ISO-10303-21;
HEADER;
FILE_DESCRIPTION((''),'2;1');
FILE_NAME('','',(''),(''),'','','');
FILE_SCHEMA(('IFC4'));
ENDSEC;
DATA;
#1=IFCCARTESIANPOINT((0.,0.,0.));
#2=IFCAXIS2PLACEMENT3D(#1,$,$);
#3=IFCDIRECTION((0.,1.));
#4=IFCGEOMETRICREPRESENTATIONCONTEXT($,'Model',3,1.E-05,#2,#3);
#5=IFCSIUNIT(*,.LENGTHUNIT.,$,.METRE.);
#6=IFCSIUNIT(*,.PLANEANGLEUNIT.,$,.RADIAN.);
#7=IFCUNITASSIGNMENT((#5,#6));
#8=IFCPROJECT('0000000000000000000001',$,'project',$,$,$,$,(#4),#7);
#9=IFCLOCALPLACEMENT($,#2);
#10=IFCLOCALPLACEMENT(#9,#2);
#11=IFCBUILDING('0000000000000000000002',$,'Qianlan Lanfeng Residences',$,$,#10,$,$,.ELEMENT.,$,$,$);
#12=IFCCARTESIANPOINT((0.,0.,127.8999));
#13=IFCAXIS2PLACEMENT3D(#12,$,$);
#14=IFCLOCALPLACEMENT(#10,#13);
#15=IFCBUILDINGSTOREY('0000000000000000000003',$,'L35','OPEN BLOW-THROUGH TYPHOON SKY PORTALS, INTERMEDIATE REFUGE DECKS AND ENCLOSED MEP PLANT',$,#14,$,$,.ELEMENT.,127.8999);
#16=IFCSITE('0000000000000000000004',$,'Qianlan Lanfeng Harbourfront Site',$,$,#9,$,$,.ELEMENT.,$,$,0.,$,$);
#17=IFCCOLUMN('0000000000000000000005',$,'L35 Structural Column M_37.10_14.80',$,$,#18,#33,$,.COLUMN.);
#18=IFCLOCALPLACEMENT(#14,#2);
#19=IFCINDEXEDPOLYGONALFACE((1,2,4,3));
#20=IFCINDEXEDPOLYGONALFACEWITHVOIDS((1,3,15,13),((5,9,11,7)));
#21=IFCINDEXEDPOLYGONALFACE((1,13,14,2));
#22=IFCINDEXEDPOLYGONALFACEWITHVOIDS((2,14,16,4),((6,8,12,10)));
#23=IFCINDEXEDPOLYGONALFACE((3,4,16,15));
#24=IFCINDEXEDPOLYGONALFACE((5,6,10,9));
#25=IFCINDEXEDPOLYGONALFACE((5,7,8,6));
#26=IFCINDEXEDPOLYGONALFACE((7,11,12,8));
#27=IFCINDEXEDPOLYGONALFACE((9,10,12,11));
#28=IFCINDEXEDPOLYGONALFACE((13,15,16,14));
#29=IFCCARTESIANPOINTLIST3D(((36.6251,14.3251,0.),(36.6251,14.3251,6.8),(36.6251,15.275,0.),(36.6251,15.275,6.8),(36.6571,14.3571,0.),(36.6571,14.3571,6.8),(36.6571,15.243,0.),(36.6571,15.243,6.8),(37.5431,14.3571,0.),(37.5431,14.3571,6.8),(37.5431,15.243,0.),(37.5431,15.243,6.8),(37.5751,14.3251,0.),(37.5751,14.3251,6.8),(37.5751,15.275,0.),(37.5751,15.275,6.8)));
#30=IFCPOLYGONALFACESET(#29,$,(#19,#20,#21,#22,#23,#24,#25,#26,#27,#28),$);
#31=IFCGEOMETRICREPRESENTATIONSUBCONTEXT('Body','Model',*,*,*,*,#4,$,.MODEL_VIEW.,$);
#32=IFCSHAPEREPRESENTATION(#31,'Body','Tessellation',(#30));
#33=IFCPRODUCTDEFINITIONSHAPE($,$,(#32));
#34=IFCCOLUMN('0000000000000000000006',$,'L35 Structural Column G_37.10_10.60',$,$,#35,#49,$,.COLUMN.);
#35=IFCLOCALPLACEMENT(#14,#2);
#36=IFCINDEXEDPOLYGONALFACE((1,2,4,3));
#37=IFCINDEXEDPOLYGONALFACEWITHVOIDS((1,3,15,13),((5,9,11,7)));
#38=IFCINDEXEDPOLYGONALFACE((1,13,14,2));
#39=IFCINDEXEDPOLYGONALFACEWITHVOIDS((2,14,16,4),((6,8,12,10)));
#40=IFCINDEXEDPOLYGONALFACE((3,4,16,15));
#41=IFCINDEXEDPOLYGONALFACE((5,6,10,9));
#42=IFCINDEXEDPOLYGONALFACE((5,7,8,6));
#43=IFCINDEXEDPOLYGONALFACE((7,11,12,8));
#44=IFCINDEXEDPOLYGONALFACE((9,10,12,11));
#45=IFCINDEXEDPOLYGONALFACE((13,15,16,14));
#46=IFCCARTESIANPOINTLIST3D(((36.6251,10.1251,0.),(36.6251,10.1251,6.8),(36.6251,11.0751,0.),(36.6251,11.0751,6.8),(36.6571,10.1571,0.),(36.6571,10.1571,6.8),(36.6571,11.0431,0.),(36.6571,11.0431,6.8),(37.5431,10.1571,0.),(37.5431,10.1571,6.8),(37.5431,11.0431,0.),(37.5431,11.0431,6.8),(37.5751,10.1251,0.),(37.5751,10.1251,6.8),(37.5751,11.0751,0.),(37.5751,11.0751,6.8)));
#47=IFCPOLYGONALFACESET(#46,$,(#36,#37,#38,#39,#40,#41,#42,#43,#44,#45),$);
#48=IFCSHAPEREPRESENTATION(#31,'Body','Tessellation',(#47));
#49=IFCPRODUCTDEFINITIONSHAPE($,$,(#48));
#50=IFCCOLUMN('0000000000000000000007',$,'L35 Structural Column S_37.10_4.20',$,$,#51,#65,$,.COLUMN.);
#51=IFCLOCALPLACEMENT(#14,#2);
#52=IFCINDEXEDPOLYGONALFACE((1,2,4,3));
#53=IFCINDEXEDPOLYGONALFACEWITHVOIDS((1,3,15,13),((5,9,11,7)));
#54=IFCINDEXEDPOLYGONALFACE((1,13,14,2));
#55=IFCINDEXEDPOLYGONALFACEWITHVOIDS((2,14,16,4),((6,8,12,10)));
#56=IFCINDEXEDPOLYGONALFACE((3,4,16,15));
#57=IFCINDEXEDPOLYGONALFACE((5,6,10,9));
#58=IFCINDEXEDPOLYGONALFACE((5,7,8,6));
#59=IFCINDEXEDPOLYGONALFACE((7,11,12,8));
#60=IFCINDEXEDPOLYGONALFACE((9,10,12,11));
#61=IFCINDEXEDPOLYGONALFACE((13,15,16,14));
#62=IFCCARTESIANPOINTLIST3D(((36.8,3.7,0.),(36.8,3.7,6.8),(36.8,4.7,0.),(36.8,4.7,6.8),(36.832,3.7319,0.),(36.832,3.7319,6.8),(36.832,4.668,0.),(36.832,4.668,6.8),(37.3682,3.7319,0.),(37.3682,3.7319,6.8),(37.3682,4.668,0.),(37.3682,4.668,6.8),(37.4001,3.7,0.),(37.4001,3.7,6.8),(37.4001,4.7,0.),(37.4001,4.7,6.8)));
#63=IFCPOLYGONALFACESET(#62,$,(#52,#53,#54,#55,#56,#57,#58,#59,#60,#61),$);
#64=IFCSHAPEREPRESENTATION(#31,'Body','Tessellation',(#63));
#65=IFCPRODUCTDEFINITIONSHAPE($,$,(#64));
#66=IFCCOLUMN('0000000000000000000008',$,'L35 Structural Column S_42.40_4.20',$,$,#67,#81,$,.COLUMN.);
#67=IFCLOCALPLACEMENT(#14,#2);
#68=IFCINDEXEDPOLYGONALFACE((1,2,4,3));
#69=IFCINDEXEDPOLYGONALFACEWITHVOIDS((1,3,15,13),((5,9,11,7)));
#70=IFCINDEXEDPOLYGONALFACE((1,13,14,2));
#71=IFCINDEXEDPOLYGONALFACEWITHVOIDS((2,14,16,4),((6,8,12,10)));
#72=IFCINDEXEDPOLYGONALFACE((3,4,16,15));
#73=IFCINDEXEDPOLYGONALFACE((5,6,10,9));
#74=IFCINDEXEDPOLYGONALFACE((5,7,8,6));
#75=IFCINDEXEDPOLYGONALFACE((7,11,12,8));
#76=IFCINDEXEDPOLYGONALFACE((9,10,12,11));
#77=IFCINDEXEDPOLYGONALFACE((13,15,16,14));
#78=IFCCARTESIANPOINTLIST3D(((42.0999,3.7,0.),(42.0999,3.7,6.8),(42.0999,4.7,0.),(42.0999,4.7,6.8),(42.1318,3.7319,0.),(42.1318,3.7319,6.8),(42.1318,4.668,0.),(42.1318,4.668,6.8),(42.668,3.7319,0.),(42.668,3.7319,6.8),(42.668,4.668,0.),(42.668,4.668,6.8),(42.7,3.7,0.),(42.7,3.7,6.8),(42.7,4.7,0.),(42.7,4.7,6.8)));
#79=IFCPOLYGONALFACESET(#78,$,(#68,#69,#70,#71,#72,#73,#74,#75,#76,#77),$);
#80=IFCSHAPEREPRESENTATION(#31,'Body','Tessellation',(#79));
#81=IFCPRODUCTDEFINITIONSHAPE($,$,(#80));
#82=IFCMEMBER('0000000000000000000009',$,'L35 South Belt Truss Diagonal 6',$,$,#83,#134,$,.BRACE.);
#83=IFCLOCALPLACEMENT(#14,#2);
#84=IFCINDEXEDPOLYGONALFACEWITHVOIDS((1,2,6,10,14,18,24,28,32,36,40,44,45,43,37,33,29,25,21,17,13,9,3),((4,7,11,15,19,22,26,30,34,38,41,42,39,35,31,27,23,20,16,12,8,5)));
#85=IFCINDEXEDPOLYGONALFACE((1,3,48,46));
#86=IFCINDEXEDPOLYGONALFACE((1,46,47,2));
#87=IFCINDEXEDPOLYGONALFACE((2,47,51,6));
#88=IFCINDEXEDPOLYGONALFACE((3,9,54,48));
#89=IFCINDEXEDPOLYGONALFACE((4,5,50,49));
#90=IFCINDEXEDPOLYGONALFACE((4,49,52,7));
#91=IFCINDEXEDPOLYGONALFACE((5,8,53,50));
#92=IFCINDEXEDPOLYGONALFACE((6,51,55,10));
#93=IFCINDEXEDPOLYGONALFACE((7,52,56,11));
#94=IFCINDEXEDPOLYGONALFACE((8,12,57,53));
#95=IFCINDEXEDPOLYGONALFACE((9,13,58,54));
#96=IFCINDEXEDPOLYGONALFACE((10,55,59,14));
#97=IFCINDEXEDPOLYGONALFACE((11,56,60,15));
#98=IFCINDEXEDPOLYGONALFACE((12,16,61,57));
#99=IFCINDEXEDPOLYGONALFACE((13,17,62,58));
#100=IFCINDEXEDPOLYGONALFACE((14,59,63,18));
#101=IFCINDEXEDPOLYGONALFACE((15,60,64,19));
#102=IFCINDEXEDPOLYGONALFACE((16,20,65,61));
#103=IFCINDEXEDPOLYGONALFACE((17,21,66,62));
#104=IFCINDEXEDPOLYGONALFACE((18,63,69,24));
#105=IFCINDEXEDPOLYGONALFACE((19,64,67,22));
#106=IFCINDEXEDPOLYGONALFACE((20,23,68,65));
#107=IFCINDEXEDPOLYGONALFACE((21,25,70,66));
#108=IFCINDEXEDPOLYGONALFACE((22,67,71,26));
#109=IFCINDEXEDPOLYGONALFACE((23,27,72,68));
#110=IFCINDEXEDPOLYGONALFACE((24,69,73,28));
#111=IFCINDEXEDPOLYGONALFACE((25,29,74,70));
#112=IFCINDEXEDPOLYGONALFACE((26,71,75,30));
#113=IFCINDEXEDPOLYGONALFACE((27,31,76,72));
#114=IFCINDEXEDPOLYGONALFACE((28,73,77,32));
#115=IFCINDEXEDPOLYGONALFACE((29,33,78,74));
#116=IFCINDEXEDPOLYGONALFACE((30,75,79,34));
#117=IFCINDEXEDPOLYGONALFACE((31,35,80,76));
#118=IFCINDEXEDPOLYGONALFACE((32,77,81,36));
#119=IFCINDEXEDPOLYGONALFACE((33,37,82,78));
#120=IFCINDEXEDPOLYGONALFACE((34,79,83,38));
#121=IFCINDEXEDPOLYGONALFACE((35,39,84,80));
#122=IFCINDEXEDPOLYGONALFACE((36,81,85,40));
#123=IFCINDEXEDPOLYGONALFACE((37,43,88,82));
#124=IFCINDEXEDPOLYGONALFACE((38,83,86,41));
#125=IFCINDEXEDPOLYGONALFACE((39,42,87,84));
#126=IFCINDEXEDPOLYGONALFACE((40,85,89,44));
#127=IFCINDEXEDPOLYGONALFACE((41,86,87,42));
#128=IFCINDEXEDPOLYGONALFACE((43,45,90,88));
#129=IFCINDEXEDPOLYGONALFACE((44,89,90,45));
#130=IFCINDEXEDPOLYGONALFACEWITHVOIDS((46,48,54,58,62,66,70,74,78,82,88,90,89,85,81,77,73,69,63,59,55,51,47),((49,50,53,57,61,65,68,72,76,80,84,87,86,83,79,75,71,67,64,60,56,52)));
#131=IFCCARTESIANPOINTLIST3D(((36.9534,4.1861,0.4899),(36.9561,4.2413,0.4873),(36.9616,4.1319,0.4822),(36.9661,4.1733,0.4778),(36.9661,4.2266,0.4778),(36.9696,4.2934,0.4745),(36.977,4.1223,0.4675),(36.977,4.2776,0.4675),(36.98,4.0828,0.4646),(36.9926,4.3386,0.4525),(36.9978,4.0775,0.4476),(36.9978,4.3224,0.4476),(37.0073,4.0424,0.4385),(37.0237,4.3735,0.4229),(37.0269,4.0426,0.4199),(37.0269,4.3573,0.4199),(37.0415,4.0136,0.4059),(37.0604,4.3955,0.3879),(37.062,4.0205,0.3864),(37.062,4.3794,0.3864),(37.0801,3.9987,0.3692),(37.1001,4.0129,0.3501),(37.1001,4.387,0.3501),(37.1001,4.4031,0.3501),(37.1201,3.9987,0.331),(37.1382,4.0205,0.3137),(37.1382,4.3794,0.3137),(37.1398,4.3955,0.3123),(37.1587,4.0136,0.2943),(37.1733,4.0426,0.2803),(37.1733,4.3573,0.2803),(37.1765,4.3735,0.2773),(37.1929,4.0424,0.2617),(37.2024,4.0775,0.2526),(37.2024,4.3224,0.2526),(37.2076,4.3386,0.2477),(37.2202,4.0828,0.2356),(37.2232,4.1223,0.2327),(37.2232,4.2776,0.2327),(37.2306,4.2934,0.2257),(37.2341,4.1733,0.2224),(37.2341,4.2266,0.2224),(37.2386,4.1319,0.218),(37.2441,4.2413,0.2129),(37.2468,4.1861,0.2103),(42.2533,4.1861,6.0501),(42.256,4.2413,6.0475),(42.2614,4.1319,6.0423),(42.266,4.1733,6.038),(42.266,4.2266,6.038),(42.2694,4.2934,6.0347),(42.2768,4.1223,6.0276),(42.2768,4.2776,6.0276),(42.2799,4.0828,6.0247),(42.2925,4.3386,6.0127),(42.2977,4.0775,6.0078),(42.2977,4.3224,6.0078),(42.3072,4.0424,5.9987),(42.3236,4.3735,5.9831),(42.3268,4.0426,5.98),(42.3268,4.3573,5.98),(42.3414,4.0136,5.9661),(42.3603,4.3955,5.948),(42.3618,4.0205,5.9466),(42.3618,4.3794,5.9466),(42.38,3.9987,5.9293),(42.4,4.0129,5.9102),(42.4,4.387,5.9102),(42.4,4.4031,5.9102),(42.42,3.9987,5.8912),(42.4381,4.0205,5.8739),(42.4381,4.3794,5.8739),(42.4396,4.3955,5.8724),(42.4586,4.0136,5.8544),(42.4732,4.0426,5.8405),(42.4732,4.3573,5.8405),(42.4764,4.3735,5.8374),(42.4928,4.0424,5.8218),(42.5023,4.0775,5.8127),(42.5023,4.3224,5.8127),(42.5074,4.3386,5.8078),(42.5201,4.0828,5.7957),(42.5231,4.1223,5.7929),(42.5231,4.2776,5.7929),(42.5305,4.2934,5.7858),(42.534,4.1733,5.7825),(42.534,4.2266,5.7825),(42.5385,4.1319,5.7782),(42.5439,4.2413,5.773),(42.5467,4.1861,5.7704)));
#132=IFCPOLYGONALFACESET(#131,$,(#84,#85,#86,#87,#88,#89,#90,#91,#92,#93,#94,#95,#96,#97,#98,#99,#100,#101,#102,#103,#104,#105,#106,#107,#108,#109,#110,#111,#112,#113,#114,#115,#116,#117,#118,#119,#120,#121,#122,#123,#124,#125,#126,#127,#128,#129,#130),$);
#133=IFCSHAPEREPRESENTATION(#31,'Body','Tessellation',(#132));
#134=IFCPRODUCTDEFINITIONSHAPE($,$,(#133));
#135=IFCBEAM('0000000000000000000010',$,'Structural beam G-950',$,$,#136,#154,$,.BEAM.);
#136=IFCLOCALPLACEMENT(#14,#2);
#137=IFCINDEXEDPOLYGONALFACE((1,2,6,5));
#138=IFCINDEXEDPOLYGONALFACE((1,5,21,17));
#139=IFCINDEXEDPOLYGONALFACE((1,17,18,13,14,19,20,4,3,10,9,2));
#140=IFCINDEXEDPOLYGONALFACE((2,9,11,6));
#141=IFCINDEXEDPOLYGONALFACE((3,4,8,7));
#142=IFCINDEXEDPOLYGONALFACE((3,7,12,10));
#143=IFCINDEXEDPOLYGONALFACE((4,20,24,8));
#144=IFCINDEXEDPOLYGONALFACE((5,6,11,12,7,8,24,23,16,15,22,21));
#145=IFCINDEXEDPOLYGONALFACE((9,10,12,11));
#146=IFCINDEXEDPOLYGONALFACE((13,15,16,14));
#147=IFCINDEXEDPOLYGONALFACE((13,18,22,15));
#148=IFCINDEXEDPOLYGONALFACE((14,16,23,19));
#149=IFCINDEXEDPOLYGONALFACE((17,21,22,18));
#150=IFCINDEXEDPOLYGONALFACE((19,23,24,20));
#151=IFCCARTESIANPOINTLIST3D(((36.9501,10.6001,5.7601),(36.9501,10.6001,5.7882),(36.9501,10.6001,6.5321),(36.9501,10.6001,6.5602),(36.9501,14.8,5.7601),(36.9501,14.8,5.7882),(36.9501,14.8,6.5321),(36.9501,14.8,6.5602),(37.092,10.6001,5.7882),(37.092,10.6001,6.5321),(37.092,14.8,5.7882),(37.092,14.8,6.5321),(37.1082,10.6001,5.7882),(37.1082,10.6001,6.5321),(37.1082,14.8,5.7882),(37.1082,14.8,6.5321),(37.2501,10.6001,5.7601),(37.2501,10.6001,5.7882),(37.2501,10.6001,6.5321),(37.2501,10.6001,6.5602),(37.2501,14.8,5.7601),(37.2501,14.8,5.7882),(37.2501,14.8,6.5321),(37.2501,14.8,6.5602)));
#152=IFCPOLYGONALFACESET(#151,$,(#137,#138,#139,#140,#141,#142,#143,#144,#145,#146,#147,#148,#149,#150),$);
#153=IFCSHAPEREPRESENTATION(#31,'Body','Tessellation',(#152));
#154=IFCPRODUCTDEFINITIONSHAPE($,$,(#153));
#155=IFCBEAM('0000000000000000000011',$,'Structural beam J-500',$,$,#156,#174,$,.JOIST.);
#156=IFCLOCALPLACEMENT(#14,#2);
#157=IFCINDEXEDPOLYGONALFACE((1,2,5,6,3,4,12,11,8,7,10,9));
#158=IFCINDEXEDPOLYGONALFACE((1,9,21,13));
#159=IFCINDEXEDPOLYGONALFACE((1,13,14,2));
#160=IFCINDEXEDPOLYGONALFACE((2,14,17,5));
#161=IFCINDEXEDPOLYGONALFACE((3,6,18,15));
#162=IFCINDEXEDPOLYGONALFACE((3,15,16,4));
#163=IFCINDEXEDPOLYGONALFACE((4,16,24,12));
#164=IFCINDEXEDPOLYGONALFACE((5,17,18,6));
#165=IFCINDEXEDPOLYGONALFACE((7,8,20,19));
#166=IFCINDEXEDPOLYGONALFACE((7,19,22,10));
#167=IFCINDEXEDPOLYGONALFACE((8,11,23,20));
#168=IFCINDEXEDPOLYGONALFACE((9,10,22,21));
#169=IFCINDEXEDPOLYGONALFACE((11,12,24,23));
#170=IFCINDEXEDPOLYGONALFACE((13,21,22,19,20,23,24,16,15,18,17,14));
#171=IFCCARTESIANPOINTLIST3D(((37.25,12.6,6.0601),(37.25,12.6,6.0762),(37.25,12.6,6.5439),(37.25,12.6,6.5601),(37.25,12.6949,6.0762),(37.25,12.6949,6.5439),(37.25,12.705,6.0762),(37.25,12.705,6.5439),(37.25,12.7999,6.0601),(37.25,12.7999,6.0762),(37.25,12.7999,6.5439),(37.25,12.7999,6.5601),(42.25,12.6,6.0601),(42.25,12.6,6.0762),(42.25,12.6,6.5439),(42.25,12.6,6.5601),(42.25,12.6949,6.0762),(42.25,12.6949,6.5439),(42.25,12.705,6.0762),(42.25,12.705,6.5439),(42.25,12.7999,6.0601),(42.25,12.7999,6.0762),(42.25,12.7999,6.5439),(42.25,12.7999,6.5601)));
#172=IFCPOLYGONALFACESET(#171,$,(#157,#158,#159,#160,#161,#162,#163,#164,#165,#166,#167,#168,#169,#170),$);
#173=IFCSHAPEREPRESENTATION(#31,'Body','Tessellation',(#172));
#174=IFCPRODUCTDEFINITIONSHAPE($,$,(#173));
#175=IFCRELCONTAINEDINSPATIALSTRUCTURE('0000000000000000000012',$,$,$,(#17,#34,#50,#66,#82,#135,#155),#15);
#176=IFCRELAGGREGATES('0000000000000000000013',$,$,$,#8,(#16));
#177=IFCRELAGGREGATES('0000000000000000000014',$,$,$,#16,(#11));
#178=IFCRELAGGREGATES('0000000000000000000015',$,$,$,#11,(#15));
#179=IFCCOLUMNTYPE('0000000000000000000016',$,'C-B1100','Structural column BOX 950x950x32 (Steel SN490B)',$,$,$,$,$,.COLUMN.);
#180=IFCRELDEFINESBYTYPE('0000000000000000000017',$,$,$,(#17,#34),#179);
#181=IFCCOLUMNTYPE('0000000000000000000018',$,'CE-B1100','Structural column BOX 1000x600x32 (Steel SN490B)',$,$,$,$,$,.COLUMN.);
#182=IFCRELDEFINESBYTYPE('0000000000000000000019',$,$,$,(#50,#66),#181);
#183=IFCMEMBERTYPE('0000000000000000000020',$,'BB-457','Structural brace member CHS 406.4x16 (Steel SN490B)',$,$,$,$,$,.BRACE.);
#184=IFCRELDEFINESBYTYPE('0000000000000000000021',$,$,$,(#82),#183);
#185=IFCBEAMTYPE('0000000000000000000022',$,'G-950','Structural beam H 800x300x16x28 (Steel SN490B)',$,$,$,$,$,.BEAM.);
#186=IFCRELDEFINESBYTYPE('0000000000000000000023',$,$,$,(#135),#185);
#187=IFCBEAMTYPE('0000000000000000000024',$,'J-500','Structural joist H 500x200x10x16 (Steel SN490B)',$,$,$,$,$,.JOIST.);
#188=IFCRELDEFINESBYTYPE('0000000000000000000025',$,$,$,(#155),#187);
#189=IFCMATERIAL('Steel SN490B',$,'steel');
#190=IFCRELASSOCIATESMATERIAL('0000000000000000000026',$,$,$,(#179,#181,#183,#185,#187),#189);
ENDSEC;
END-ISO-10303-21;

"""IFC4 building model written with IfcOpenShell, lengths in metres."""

from ifc_helpers import new_model, si_unit, direction, frame, origin, origin_2d, place, context, subcontext, project, spatial, hollow_rectangle, hollow_circle, i_section, extrude, material, material_profile, profile_set, type_object, element, save


model = new_model("IFC4")

# Units and contexts
model_context = context("Model", 3, precision=1e-05, world=origin(), true_north=direction((0.0, 1.0)))
body_context = subcontext(model_context, "Body", "Model", "MODEL_VIEW")
ifc_project = project(units=[si_unit("LENGTHUNIT", "METRE"), si_unit("PLANEANGLEUNIT", "RADIAN")], contexts=[model_context])

# Site, building, storey
site_placement = place(None, origin())
site = spatial("IfcSite", under=ifc_project, at=site_placement, Name="Qianlan Lanfeng Harbourfront Site", CompositionType="ELEMENT", RefElevation=0.0)
building_placement = place(site_placement, origin())
building = spatial("IfcBuilding", under=site, at=building_placement, Name="Qianlan Lanfeng Residences", CompositionType="ELEMENT")
storey_placement = place(building_placement, frame((0.0, 0.0, 127.8999)))
storey = spatial("IfcBuildingStorey", under=building, at=storey_placement, Name="L35", Description="OPEN BLOW-THROUGH TYPHOON SKY PORTALS, INTERMEDIATE REFUGE DECKS AND ENCLOSED MEP PLANT", CompositionType="ELEMENT", Elevation=127.8999)

# Columns
ifc_material_1 = material(Name="Steel SN490B", Category="steel")
ifc_material_profile_1 = material_profile(ifc_material_1, hollow_rectangle(XDim=0.95, YDim=0.95, WallThickness=0.032, at=origin_2d()), Name="BOX 950x950x32")
ifc_profile_set_1 = profile_set([ifc_material_profile_1], Name="Steel SN490B")
column_type_1 = type_object("IfcColumnType", Name="C-B1100", Description="Structural column BOX 950x950x32 (Steel SN490B)", PredefinedType="COLUMN", material=ifc_profile_set_1)
for number, where, z_axis, x_axis, name in (
    (1, (37.1001, 14.8, 0.0), (0.0, 0.0, 1.0), (1.0, 0.0, 0.0), "L35 Structural Column M_37.10_14.80"),
    (2, (37.1001, 10.6001, 0.0), (0.0, 0.0, 1.0), (1.0, 0.0, 0.0), "L35 Structural Column G_37.10_10.60"),
):
    element("IfcColumn", number, at=place(storey_placement, frame(where, z_axis=z_axis, x_axis=x_axis)), inside=storey, type_object=column_type_1, Name=name, PredefinedType="COLUMN", context=body_context, shape_type="SweptSolid", body=[
        extrude(hollow_rectangle(XDim=0.95, YDim=0.95, WallThickness=0.032, at=origin_2d()), origin(), (0.0, 0.0, 1.0), 6.8),
    ])
ifc_material_profile_2 = material_profile(ifc_material_1, hollow_rectangle(XDim=0.6001, YDim=1.0, WallThickness=0.032, at=origin_2d()), Name="BOX 1000x600x32")
ifc_profile_set_2 = profile_set([ifc_material_profile_2], Name="Steel SN490B")
column_type_2 = type_object("IfcColumnType", Name="CE-B1100", Description="Structural column BOX 1000x600x32 (Steel SN490B)", PredefinedType="COLUMN", material=ifc_profile_set_2)
for number, where, z_axis, x_axis, name in (
    (3, (37.1001, 4.2, 0.0), (0.0, 0.0, 1.0), (1.0, 0.0, 0.0), "L35 Structural Column S_37.10_4.20"),
    (4, (42.3999, 4.2, 0.0), (0.0, 0.0, 1.0), (1.0, 0.0, 0.0), "L35 Structural Column S_42.40_4.20"),
):
    element("IfcColumn", number, at=place(storey_placement, frame(where, z_axis=z_axis, x_axis=x_axis)), inside=storey, type_object=column_type_2, Name=name, PredefinedType="COLUMN", context=body_context, shape_type="SweptSolid", body=[
        extrude(hollow_rectangle(XDim=0.6001, YDim=1.0, WallThickness=0.032, at=origin_2d()), origin(), (0.0, 0.0, 1.0), 6.8),
    ])

# Member
ifc_material_profile_3 = material_profile(ifc_material_1, hollow_circle(Radius=0.2031, WallThickness=0.0161, at=origin_2d()), Name="CHS 406.4x16")
ifc_profile_set_3 = profile_set([ifc_material_profile_3], Name="Steel SN490B")
member_type_1 = type_object("IfcMemberType", Name="BB-457", Description="Structural brace member CHS 406.4x16 (Steel SN490B)", PredefinedType="BRACE", material=ifc_profile_set_3)
member_1_placement = place(storey_placement, frame((37.1001, 4.2, 0.3501), z_axis=(0.689963, 0.0, 0.723845), x_axis=(0.0, 1.0, 0.0)))
element("IfcMember", 5, at=member_1_placement, inside=storey, type_object=member_type_1, Name="L35 South Belt Truss Diagonal 6", PredefinedType="BRACE", context=body_context, shape_type="SweptSolid", body=[
    extrude(hollow_circle(Radius=0.2031, WallThickness=0.0161, at=origin_2d()), origin(), (0.0, 0.0, 1.0), 7.6814),
])

# Beams
ifc_material_profile_4 = material_profile(ifc_material_1, i_section(OverallWidth=0.3, OverallDepth=0.8, WebThickness=0.0161, FlangeThickness=0.0281, at=origin_2d()), Name="H 800x300x16x28")
ifc_profile_set_4 = profile_set([ifc_material_profile_4], Name="Steel SN490B")
beam_type_1 = type_object("IfcBeamType", Name="G-950", Description="Structural beam H 800x300x16x28 (Steel SN490B)", PredefinedType="BEAM", material=ifc_profile_set_4)
beam_1_placement = place(storey_placement, frame((37.1001, 10.6001, 6.1602), z_axis=(0.0, 1.0, 0.0), x_axis=(-1.0, 0.0, 0.0)))
element("IfcBeam", 6, at=beam_1_placement, inside=storey, type_object=beam_type_1, Name="Structural beam G-950", PredefinedType="BEAM", context=body_context, shape_type="SweptSolid", body=[
    extrude(i_section(OverallWidth=0.3, OverallDepth=0.8, WebThickness=0.0161, FlangeThickness=0.0281, at=origin_2d()), origin(), (0.0, 0.0, 1.0), 4.2),
])
ifc_material_profile_5 = material_profile(ifc_material_1, i_section(OverallWidth=0.2, OverallDepth=0.5, WebThickness=0.01, FlangeThickness=0.0161, at=origin_2d()), Name="H 500x200x10x16")
ifc_profile_set_5 = profile_set([ifc_material_profile_5], Name="Steel SN490B")
beam_type_2 = type_object("IfcBeamType", Name="J-500", Description="Structural joist H 500x200x10x16 (Steel SN490B)", PredefinedType="JOIST", material=ifc_profile_set_5)
beam_2_placement = place(storey_placement, frame((37.25, 12.7, 6.3101), z_axis=(1.0, 0.0, 0.0), x_axis=(0.0, 1.0, 0.0)))
element("IfcBeam", 7, at=beam_2_placement, inside=storey, type_object=beam_type_2, Name="Structural beam J-500", PredefinedType="JOIST", context=body_context, shape_type="SweptSolid", body=[
    extrude(i_section(OverallWidth=0.2, OverallDepth=0.5, WebThickness=0.01, FlangeThickness=0.0161, at=origin_2d()), origin(), (0.0, 0.0, 1.0), 5.0),
])

save(model, "model.ifc")
